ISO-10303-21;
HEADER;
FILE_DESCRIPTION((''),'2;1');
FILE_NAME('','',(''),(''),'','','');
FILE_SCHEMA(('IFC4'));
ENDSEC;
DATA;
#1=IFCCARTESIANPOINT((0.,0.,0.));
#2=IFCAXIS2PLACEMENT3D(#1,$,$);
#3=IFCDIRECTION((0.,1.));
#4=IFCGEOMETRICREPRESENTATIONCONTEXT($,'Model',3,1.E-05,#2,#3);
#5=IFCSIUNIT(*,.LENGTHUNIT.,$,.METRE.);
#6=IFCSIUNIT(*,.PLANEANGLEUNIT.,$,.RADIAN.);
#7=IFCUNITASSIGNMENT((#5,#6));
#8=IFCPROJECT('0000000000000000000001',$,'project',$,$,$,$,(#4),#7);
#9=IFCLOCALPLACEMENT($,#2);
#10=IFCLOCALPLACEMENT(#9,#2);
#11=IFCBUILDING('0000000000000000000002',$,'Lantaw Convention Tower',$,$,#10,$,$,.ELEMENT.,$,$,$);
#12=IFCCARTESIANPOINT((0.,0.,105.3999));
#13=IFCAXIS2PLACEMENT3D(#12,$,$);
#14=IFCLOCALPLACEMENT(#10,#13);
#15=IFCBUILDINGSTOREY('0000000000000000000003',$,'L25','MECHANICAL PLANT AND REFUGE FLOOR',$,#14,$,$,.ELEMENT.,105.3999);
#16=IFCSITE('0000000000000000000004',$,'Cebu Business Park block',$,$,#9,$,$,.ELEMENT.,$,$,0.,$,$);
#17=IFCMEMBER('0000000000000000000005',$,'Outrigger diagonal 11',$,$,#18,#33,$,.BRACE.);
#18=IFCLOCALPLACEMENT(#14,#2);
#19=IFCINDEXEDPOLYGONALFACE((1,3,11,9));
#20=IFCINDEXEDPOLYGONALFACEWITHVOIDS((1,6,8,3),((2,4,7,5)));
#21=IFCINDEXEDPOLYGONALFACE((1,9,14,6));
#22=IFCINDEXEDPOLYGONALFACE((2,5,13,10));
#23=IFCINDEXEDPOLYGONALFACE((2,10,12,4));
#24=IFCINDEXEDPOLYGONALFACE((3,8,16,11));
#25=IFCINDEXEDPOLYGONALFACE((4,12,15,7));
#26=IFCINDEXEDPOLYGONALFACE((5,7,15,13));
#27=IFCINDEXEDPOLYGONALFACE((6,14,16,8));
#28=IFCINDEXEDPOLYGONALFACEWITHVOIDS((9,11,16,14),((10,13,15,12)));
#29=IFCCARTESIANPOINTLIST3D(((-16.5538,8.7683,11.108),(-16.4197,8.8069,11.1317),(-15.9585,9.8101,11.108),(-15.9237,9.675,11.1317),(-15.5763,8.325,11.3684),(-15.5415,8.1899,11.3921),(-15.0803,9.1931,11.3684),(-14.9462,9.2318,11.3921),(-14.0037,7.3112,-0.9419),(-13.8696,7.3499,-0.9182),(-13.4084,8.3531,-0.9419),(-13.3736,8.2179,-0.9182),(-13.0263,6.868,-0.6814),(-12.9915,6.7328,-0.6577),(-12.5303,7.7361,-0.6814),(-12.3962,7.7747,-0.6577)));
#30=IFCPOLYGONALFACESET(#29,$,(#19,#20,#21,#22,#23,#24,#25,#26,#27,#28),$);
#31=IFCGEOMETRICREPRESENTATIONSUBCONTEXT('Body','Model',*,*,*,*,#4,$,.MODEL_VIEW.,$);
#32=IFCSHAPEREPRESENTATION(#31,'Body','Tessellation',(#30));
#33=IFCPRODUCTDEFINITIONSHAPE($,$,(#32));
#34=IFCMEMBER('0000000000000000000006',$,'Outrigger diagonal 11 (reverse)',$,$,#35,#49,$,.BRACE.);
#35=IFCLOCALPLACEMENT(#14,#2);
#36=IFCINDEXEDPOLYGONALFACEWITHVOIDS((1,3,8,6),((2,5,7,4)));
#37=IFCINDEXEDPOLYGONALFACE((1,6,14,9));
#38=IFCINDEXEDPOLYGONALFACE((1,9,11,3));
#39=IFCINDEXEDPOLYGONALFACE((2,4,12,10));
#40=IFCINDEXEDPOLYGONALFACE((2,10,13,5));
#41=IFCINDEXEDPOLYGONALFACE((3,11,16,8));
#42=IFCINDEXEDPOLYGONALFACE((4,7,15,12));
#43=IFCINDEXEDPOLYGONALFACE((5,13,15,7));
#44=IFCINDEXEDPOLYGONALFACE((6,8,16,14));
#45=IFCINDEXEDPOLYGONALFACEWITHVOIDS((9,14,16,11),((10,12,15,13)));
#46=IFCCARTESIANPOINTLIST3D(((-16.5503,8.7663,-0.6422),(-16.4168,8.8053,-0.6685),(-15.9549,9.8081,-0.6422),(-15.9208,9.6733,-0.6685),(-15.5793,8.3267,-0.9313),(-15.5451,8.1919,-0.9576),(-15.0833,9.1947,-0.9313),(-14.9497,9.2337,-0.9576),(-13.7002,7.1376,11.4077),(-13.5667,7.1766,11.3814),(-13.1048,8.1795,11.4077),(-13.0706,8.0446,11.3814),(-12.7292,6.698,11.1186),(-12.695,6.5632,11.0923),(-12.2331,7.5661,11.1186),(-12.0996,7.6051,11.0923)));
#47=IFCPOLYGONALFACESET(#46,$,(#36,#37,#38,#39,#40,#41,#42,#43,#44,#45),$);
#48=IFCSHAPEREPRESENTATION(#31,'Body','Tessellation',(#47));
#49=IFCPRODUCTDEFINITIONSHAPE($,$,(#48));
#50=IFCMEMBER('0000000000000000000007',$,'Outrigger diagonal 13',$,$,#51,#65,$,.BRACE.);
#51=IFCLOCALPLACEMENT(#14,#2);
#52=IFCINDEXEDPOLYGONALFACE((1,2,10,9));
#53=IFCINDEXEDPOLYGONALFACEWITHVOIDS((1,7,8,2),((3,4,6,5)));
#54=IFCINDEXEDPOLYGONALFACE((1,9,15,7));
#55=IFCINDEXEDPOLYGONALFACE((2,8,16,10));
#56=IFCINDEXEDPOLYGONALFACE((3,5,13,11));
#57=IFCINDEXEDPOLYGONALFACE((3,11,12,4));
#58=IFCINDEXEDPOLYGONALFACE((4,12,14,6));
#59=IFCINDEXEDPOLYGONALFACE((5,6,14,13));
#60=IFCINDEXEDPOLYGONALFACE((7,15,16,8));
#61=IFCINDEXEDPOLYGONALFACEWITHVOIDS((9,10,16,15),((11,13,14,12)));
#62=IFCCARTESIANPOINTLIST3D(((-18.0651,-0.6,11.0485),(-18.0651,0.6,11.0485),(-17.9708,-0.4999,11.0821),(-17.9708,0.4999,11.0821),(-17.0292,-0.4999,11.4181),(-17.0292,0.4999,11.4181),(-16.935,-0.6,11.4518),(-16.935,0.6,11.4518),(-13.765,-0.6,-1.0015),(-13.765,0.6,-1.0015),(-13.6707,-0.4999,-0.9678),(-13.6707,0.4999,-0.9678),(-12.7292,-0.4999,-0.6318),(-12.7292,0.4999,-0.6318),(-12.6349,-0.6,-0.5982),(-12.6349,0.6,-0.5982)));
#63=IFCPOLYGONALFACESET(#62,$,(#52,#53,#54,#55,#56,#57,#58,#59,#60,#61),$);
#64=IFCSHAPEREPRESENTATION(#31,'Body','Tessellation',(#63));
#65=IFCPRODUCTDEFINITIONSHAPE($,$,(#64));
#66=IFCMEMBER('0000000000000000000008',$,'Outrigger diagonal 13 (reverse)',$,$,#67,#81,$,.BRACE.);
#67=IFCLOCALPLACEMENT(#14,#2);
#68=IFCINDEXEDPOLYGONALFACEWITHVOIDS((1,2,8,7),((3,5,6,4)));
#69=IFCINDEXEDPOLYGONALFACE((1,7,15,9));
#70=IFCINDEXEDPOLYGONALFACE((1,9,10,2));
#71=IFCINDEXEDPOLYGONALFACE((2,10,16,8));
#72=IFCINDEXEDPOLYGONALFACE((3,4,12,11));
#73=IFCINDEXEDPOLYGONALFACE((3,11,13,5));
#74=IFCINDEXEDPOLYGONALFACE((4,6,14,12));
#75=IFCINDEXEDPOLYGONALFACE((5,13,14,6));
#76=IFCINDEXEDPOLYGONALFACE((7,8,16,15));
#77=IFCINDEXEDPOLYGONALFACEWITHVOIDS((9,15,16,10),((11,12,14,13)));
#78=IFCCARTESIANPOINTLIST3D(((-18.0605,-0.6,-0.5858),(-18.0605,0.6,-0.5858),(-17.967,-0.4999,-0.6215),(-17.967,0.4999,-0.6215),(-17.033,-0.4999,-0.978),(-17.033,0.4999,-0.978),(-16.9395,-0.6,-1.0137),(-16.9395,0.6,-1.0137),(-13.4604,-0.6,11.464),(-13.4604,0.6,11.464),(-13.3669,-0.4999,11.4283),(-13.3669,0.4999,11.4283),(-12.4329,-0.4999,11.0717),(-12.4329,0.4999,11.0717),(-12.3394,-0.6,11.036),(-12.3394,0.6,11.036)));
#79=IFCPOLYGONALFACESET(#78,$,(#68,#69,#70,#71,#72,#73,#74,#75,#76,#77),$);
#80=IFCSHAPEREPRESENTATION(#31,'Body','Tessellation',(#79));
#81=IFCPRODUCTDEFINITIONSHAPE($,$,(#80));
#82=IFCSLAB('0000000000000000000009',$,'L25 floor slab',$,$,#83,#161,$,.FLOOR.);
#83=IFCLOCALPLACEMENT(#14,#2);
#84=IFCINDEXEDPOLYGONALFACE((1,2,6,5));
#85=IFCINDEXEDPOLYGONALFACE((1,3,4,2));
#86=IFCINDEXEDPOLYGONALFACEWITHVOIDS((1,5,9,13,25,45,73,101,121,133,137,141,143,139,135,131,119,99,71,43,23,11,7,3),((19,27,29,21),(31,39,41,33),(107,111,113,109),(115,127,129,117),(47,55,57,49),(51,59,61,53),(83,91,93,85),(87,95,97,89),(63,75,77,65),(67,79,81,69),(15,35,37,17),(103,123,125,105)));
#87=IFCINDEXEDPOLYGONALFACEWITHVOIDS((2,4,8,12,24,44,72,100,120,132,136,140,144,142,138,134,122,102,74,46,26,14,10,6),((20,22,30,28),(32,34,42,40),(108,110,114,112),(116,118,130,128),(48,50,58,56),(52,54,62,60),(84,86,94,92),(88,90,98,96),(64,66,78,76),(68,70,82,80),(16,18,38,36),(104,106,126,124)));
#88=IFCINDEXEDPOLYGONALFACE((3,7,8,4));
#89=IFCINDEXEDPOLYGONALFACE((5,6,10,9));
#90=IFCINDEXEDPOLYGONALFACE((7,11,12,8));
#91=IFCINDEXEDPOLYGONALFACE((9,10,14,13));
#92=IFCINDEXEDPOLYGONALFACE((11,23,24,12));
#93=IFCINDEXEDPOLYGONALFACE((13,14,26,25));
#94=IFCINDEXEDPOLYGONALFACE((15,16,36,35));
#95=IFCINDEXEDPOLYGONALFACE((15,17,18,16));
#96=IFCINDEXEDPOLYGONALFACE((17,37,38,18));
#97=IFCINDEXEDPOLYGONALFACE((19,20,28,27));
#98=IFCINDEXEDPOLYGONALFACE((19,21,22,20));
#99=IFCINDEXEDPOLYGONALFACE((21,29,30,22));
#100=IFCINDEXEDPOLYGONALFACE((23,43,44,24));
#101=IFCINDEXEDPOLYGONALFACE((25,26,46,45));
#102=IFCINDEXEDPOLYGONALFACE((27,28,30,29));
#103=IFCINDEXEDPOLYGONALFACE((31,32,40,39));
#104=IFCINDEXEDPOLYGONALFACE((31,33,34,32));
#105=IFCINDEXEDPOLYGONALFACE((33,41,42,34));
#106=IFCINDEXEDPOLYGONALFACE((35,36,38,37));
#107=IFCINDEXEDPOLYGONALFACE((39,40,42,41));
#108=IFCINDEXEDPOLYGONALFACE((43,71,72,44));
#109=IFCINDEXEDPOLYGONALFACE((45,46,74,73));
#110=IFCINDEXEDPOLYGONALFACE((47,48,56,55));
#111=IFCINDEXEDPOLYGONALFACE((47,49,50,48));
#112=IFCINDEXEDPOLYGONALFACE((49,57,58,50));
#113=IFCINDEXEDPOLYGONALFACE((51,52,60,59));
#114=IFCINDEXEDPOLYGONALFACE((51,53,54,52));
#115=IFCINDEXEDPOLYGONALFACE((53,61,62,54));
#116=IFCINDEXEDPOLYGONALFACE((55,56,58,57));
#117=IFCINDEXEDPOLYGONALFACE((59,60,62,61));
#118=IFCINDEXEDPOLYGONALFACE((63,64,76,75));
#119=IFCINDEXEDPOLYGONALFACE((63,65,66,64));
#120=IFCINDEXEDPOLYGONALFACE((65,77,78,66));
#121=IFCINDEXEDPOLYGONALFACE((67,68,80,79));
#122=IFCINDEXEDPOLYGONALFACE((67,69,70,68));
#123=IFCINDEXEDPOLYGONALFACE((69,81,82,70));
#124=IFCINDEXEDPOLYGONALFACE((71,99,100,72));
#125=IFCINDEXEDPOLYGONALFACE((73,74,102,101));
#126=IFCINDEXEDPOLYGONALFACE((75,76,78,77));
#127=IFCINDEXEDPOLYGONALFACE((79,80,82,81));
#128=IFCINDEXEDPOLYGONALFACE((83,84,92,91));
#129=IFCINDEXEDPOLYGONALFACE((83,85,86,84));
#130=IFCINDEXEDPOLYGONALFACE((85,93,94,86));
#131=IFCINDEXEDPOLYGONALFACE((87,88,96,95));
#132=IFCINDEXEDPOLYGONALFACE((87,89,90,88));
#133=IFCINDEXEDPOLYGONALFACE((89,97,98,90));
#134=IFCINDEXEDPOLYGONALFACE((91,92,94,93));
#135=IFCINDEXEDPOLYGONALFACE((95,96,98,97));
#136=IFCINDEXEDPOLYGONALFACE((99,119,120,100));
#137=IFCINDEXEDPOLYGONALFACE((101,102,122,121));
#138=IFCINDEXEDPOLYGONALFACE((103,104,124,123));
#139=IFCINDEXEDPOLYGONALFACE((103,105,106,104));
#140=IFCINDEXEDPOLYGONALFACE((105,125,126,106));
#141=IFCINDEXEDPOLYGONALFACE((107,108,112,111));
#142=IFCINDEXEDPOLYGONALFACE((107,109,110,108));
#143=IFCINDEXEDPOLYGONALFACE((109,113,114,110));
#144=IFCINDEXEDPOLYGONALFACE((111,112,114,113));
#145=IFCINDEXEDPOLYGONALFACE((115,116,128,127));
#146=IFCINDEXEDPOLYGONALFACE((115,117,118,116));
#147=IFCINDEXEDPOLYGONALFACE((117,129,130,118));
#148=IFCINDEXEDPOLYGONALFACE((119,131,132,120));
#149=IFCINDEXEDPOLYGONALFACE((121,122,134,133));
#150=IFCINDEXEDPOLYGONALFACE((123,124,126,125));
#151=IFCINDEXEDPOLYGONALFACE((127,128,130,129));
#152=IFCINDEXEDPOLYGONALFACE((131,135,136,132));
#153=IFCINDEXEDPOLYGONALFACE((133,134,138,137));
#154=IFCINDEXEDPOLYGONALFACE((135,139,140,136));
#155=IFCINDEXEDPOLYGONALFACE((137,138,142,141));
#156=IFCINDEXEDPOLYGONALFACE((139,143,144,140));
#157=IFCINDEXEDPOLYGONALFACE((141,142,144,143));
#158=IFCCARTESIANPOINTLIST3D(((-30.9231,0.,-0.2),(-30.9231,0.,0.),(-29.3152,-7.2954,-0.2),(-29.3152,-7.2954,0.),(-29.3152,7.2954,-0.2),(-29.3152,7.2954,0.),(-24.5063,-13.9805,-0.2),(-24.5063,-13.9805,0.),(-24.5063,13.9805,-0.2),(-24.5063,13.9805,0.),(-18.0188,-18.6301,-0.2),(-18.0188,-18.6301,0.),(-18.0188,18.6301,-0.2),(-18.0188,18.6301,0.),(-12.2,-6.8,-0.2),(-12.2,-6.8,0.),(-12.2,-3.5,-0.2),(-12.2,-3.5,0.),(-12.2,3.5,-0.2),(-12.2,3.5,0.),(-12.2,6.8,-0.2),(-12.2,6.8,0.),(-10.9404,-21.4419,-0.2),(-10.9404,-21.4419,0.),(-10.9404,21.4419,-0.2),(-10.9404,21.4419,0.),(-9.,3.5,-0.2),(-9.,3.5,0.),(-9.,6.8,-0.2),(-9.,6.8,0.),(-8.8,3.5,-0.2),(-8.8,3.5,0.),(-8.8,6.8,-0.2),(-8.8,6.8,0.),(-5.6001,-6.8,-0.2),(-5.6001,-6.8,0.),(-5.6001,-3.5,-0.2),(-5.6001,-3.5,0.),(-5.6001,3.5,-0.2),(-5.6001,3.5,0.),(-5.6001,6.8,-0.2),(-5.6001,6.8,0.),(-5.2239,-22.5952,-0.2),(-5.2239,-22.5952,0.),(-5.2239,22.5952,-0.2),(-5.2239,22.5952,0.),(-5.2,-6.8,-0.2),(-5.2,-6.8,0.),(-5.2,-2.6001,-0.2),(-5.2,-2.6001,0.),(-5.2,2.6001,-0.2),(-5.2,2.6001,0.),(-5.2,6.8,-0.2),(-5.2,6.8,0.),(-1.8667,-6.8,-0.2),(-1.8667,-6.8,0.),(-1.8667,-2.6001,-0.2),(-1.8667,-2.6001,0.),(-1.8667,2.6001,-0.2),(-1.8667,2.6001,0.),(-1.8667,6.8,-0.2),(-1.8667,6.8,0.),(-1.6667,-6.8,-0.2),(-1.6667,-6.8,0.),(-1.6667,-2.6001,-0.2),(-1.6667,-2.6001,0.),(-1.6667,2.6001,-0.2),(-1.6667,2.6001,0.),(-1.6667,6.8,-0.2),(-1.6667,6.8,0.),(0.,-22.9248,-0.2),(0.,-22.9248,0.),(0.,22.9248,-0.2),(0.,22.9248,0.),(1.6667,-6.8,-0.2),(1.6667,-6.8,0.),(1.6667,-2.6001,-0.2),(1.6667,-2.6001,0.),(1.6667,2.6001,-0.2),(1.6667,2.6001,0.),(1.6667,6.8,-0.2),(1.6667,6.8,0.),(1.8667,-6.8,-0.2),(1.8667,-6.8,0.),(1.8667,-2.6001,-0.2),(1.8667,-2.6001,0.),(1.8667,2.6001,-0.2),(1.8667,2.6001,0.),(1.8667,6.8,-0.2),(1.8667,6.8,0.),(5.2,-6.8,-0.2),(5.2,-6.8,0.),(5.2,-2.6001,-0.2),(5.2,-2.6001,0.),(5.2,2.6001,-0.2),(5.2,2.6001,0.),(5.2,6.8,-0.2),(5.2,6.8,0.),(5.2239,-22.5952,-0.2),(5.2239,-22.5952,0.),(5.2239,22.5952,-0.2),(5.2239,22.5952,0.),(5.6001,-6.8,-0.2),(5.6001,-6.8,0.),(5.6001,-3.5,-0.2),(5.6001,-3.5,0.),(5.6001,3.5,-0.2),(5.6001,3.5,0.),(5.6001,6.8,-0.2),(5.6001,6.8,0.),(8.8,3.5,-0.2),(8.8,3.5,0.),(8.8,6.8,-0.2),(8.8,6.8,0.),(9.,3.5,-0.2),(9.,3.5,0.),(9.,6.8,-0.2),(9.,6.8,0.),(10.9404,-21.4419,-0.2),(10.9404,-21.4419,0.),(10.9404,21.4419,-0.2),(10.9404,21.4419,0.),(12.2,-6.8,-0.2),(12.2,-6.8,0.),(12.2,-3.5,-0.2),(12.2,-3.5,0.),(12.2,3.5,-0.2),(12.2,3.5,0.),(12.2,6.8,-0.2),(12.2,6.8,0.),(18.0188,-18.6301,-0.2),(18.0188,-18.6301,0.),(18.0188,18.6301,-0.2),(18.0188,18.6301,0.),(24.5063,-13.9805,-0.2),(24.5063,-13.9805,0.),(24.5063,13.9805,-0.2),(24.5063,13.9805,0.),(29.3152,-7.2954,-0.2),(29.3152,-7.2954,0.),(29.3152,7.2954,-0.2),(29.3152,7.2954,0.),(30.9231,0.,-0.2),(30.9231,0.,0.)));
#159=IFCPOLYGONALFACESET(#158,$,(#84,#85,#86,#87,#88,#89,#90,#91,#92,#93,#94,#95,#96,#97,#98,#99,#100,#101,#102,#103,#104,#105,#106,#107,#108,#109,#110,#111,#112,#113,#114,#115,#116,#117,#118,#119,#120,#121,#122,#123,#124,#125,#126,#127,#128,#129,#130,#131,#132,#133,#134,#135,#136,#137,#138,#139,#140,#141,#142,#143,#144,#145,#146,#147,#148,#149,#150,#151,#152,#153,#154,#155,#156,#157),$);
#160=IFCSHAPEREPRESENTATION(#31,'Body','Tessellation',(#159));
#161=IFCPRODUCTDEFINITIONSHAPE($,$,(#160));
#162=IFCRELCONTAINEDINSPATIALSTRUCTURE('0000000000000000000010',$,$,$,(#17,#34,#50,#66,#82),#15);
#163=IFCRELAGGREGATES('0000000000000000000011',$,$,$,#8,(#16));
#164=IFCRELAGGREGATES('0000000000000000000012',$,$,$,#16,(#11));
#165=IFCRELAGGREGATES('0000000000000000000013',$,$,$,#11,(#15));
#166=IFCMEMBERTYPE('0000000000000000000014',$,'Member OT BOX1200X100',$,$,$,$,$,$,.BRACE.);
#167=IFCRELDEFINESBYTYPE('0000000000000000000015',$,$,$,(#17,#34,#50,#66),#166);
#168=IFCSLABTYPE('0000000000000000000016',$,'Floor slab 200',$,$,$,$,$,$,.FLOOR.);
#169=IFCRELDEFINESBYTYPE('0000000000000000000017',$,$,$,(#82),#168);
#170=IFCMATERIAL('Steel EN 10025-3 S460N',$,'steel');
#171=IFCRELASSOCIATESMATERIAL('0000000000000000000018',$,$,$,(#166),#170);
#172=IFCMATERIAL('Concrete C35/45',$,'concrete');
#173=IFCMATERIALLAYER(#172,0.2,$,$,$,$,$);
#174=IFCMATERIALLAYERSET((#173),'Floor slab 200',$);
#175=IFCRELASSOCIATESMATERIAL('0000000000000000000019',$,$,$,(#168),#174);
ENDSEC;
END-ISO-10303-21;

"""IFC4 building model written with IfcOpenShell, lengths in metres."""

from ifc_helpers import new_model, si_unit, direction, frame, origin, origin_2d, place, context, subcontext, project, spatial, polyline, hollow_rectangle, outline, extrude, material, layer, layer_set, material_profile, profile_set, type_object, element, save


model = new_model("IFC4")

# Units and contexts
model_context = context("Model", 3, precision=1e-05, world=origin(), true_north=direction((0.0, 1.0)))
body_context = subcontext(model_context, "Body", "Model", "MODEL_VIEW")
ifc_project = project(units=[si_unit("LENGTHUNIT", "METRE"), si_unit("PLANEANGLEUNIT", "RADIAN")], contexts=[model_context])

# Site, building, storey
site_placement = place(None, origin())
site = spatial("IfcSite", under=ifc_project, at=site_placement, Name="Cebu Business Park block", CompositionType="ELEMENT", RefElevation=0.0)
building_placement = place(site_placement, origin())
building = spatial("IfcBuilding", under=site, at=building_placement, Name="Lantaw Convention Tower", CompositionType="ELEMENT")
storey_placement = place(building_placement, frame((0.0, 0.0, 105.3999)))
storey = spatial("IfcBuildingStorey", under=building, at=storey_placement, Name="L25", Description="MECHANICAL PLANT AND REFUGE FLOOR", CompositionType="ELEMENT", Elevation=105.3999)

# Shared definitions
ifc_material_1 = material(Name="Steel EN 10025-3 S460N", Category="steel")

# Members
ifc_material_profile_1 = material_profile(ifc_material_1, hollow_rectangle(XDim=1.2, YDim=1.2, WallThickness=0.1001, at=origin_2d()), Name="BOX1200X100")
ifc_profile_set_1 = profile_set([ifc_material_profile_1], Name="Steel EN 10025-3 S460N")
member_type = type_object("IfcMemberType", Name="Member OT BOX1200X100", PredefinedType="BRACE", material=ifc_profile_set_1)
member_1_placement = place(storey_placement, frame((-13.2, 7.543, -0.7998), z_axis=(-0.205607, 0.117478, 0.971558), x_axis=(-0.496103, -0.868264, 0.0)))
element("IfcMember", 1, at=member_1_placement, inside=storey, type_object=member_type, Name="Outrigger diagonal 11", PredefinedType="BRACE", context=body_context, shape_type="SweptSolid", body=[
    extrude(hollow_rectangle(XDim=1.2, YDim=1.2, WallThickness=0.1001, at=origin_2d()), origin(), (0.0, 0.0, 1.0), 12.4026),
])
member_2_placement = place(storey_placement, frame((-12.8999, 7.3713, 11.25), z_axis=(-0.22821, 0.130408, -0.964839), x_axis=(-0.496147, -0.868239, 0.0)))
element("IfcMember", 2, at=member_2_placement, inside=storey, type_object=member_type, Name="Outrigger diagonal 11 (reverse)", PredefinedType="BRACE", context=body_context, shape_type="SweptSolid", body=[
    extrude(hollow_rectangle(XDim=1.2, YDim=1.2, WallThickness=0.1001, at=origin_2d()), origin(), (0.0, 0.0, 1.0), 12.489),
])
member_3_placement = place(storey_placement, frame((-13.2, 0.0, -0.7998), z_axis=(-0.336097, 0.0, 0.941827), x_axis=(0.0, -1.0, 0.0)))
element("IfcMember", 3, at=member_3_placement, inside=storey, type_object=member_type, Name="Outrigger diagonal 13", PredefinedType="BRACE", context=body_context, shape_type="SweptSolid", body=[
    extrude(hollow_rectangle(XDim=1.2, YDim=1.2, WallThickness=0.1001, at=origin_2d()), origin(), (0.0, 0.0, 1.0), 12.7942),
])
member_4_placement = place(storey_placement, frame((-12.8999, 0.0, 11.25), z_axis=(-0.356652, 0.0, -0.934237), x_axis=(0.0, -1.0, 0.0)))
element("IfcMember", 4, at=member_4_placement, inside=storey, type_object=member_type, Name="Outrigger diagonal 13 (reverse)", PredefinedType="BRACE", context=body_context, shape_type="SweptSolid", body=[
    extrude(hollow_rectangle(XDim=1.2, YDim=1.2, WallThickness=0.1001, at=origin_2d()), origin(), (0.0, 0.0, 1.0), 12.8979),
])

# Slab
ifc_material_2 = material(Name="Concrete C35/45", Category="concrete")
ifc_layer_1 = layer(ifc_material_2, 0.2)
ifc_layer_set_1 = layer_set([ifc_layer_1], Name="Floor slab 200")
slab_type = type_object("IfcSlabType", Name="Floor slab 200", PredefinedType="FLOOR", material=ifc_layer_set_1)
slab_placement = place(storey_placement, frame((0.0, 0.0, -0.2)))
element("IfcSlab", 5, at=slab_placement, inside=storey, type_object=slab_type, Name="L25 floor slab", PredefinedType="FLOOR", context=body_context, shape_type="SweptSolid", body=[
    extrude(outline(polyline([(29.3152, -7.2954), (30.9231, 0.0), (29.3152, 7.2954), (24.5063, 13.9805), (18.0188, 18.6301), (10.9404, 21.4419), (5.2239, 22.5952), (0.0, 22.9248), (-5.2239, 22.5952), (-10.9404, 21.4419), (-18.0188, 18.6301), (-24.5063, 13.9805), (-29.3152, 7.2954), (-30.9231, 0.0), (-29.3152, -7.2954), (-24.5063, -13.9805), (-18.0188, -18.6301), (-10.9404, -21.4419), (-5.2239, -22.5952), (0.0, -22.9248), (5.2239, -22.5952), (10.9404, -21.4419), (18.0188, -18.6301), (24.5063, -13.9805), (29.3152, -7.2954)]), holes=[polyline([(-5.6001, -3.5), (-12.2, -3.5), (-12.2, -6.8), (-5.6001, -6.8), (-5.6001, -3.5)]), polyline([(-1.8667, -6.8), (-1.8667, -2.6001), (-5.2, -2.6001), (-5.2, -6.8), (-1.8667, -6.8)]), polyline([(-1.8667, 2.6001), (-1.8667, 6.8), (-5.2, 6.8), (-5.2, 2.6001), (-1.8667, 2.6001)]), polyline([(1.6667, 6.8), (-1.6667, 6.8), (-1.6667, 2.6001), (1.6667, 2.6001), (1.6667, 6.8)]), polyline([(-9.0, 3.5), (-9.0, 6.8), (-12.2, 6.8), (-12.2, 3.5), (-9.0, 3.5)]), polyline([(-5.6001, 3.5), (-5.6001, 6.8), (-8.8, 6.8), (-8.8, 3.5), (-5.6001, 3.5)]), polyline([(12.2, -3.5), (5.6001, -3.5), (5.6001, -6.8), (12.2, -6.8), (12.2, -3.5)]), polyline([(1.6667, -6.8), (1.6667, -2.6001), (-1.6667, -2.6001), (-1.6667, -6.8), (1.6667, -6.8)]), polyline([(5.2, -6.8), (5.2, -2.6001), (1.8667, -2.6001), (1.8667, -6.8), (5.2, -6.8)]), polyline([(5.2, 6.8), (1.8667, 6.8), (1.8667, 2.6001), (5.2, 2.6001), (5.2, 6.8)]), polyline([(8.8, 3.5), (8.8, 6.8), (5.6001, 6.8), (5.6001, 3.5), (8.8, 3.5)]), polyline([(12.2, 3.5), (12.2, 6.8), (9.0, 6.8), (9.0, 3.5), (12.2, 3.5)])]), origin(), (0.0, 0.0, 1.0), 0.2),
])

save(model, "model.ifc")
